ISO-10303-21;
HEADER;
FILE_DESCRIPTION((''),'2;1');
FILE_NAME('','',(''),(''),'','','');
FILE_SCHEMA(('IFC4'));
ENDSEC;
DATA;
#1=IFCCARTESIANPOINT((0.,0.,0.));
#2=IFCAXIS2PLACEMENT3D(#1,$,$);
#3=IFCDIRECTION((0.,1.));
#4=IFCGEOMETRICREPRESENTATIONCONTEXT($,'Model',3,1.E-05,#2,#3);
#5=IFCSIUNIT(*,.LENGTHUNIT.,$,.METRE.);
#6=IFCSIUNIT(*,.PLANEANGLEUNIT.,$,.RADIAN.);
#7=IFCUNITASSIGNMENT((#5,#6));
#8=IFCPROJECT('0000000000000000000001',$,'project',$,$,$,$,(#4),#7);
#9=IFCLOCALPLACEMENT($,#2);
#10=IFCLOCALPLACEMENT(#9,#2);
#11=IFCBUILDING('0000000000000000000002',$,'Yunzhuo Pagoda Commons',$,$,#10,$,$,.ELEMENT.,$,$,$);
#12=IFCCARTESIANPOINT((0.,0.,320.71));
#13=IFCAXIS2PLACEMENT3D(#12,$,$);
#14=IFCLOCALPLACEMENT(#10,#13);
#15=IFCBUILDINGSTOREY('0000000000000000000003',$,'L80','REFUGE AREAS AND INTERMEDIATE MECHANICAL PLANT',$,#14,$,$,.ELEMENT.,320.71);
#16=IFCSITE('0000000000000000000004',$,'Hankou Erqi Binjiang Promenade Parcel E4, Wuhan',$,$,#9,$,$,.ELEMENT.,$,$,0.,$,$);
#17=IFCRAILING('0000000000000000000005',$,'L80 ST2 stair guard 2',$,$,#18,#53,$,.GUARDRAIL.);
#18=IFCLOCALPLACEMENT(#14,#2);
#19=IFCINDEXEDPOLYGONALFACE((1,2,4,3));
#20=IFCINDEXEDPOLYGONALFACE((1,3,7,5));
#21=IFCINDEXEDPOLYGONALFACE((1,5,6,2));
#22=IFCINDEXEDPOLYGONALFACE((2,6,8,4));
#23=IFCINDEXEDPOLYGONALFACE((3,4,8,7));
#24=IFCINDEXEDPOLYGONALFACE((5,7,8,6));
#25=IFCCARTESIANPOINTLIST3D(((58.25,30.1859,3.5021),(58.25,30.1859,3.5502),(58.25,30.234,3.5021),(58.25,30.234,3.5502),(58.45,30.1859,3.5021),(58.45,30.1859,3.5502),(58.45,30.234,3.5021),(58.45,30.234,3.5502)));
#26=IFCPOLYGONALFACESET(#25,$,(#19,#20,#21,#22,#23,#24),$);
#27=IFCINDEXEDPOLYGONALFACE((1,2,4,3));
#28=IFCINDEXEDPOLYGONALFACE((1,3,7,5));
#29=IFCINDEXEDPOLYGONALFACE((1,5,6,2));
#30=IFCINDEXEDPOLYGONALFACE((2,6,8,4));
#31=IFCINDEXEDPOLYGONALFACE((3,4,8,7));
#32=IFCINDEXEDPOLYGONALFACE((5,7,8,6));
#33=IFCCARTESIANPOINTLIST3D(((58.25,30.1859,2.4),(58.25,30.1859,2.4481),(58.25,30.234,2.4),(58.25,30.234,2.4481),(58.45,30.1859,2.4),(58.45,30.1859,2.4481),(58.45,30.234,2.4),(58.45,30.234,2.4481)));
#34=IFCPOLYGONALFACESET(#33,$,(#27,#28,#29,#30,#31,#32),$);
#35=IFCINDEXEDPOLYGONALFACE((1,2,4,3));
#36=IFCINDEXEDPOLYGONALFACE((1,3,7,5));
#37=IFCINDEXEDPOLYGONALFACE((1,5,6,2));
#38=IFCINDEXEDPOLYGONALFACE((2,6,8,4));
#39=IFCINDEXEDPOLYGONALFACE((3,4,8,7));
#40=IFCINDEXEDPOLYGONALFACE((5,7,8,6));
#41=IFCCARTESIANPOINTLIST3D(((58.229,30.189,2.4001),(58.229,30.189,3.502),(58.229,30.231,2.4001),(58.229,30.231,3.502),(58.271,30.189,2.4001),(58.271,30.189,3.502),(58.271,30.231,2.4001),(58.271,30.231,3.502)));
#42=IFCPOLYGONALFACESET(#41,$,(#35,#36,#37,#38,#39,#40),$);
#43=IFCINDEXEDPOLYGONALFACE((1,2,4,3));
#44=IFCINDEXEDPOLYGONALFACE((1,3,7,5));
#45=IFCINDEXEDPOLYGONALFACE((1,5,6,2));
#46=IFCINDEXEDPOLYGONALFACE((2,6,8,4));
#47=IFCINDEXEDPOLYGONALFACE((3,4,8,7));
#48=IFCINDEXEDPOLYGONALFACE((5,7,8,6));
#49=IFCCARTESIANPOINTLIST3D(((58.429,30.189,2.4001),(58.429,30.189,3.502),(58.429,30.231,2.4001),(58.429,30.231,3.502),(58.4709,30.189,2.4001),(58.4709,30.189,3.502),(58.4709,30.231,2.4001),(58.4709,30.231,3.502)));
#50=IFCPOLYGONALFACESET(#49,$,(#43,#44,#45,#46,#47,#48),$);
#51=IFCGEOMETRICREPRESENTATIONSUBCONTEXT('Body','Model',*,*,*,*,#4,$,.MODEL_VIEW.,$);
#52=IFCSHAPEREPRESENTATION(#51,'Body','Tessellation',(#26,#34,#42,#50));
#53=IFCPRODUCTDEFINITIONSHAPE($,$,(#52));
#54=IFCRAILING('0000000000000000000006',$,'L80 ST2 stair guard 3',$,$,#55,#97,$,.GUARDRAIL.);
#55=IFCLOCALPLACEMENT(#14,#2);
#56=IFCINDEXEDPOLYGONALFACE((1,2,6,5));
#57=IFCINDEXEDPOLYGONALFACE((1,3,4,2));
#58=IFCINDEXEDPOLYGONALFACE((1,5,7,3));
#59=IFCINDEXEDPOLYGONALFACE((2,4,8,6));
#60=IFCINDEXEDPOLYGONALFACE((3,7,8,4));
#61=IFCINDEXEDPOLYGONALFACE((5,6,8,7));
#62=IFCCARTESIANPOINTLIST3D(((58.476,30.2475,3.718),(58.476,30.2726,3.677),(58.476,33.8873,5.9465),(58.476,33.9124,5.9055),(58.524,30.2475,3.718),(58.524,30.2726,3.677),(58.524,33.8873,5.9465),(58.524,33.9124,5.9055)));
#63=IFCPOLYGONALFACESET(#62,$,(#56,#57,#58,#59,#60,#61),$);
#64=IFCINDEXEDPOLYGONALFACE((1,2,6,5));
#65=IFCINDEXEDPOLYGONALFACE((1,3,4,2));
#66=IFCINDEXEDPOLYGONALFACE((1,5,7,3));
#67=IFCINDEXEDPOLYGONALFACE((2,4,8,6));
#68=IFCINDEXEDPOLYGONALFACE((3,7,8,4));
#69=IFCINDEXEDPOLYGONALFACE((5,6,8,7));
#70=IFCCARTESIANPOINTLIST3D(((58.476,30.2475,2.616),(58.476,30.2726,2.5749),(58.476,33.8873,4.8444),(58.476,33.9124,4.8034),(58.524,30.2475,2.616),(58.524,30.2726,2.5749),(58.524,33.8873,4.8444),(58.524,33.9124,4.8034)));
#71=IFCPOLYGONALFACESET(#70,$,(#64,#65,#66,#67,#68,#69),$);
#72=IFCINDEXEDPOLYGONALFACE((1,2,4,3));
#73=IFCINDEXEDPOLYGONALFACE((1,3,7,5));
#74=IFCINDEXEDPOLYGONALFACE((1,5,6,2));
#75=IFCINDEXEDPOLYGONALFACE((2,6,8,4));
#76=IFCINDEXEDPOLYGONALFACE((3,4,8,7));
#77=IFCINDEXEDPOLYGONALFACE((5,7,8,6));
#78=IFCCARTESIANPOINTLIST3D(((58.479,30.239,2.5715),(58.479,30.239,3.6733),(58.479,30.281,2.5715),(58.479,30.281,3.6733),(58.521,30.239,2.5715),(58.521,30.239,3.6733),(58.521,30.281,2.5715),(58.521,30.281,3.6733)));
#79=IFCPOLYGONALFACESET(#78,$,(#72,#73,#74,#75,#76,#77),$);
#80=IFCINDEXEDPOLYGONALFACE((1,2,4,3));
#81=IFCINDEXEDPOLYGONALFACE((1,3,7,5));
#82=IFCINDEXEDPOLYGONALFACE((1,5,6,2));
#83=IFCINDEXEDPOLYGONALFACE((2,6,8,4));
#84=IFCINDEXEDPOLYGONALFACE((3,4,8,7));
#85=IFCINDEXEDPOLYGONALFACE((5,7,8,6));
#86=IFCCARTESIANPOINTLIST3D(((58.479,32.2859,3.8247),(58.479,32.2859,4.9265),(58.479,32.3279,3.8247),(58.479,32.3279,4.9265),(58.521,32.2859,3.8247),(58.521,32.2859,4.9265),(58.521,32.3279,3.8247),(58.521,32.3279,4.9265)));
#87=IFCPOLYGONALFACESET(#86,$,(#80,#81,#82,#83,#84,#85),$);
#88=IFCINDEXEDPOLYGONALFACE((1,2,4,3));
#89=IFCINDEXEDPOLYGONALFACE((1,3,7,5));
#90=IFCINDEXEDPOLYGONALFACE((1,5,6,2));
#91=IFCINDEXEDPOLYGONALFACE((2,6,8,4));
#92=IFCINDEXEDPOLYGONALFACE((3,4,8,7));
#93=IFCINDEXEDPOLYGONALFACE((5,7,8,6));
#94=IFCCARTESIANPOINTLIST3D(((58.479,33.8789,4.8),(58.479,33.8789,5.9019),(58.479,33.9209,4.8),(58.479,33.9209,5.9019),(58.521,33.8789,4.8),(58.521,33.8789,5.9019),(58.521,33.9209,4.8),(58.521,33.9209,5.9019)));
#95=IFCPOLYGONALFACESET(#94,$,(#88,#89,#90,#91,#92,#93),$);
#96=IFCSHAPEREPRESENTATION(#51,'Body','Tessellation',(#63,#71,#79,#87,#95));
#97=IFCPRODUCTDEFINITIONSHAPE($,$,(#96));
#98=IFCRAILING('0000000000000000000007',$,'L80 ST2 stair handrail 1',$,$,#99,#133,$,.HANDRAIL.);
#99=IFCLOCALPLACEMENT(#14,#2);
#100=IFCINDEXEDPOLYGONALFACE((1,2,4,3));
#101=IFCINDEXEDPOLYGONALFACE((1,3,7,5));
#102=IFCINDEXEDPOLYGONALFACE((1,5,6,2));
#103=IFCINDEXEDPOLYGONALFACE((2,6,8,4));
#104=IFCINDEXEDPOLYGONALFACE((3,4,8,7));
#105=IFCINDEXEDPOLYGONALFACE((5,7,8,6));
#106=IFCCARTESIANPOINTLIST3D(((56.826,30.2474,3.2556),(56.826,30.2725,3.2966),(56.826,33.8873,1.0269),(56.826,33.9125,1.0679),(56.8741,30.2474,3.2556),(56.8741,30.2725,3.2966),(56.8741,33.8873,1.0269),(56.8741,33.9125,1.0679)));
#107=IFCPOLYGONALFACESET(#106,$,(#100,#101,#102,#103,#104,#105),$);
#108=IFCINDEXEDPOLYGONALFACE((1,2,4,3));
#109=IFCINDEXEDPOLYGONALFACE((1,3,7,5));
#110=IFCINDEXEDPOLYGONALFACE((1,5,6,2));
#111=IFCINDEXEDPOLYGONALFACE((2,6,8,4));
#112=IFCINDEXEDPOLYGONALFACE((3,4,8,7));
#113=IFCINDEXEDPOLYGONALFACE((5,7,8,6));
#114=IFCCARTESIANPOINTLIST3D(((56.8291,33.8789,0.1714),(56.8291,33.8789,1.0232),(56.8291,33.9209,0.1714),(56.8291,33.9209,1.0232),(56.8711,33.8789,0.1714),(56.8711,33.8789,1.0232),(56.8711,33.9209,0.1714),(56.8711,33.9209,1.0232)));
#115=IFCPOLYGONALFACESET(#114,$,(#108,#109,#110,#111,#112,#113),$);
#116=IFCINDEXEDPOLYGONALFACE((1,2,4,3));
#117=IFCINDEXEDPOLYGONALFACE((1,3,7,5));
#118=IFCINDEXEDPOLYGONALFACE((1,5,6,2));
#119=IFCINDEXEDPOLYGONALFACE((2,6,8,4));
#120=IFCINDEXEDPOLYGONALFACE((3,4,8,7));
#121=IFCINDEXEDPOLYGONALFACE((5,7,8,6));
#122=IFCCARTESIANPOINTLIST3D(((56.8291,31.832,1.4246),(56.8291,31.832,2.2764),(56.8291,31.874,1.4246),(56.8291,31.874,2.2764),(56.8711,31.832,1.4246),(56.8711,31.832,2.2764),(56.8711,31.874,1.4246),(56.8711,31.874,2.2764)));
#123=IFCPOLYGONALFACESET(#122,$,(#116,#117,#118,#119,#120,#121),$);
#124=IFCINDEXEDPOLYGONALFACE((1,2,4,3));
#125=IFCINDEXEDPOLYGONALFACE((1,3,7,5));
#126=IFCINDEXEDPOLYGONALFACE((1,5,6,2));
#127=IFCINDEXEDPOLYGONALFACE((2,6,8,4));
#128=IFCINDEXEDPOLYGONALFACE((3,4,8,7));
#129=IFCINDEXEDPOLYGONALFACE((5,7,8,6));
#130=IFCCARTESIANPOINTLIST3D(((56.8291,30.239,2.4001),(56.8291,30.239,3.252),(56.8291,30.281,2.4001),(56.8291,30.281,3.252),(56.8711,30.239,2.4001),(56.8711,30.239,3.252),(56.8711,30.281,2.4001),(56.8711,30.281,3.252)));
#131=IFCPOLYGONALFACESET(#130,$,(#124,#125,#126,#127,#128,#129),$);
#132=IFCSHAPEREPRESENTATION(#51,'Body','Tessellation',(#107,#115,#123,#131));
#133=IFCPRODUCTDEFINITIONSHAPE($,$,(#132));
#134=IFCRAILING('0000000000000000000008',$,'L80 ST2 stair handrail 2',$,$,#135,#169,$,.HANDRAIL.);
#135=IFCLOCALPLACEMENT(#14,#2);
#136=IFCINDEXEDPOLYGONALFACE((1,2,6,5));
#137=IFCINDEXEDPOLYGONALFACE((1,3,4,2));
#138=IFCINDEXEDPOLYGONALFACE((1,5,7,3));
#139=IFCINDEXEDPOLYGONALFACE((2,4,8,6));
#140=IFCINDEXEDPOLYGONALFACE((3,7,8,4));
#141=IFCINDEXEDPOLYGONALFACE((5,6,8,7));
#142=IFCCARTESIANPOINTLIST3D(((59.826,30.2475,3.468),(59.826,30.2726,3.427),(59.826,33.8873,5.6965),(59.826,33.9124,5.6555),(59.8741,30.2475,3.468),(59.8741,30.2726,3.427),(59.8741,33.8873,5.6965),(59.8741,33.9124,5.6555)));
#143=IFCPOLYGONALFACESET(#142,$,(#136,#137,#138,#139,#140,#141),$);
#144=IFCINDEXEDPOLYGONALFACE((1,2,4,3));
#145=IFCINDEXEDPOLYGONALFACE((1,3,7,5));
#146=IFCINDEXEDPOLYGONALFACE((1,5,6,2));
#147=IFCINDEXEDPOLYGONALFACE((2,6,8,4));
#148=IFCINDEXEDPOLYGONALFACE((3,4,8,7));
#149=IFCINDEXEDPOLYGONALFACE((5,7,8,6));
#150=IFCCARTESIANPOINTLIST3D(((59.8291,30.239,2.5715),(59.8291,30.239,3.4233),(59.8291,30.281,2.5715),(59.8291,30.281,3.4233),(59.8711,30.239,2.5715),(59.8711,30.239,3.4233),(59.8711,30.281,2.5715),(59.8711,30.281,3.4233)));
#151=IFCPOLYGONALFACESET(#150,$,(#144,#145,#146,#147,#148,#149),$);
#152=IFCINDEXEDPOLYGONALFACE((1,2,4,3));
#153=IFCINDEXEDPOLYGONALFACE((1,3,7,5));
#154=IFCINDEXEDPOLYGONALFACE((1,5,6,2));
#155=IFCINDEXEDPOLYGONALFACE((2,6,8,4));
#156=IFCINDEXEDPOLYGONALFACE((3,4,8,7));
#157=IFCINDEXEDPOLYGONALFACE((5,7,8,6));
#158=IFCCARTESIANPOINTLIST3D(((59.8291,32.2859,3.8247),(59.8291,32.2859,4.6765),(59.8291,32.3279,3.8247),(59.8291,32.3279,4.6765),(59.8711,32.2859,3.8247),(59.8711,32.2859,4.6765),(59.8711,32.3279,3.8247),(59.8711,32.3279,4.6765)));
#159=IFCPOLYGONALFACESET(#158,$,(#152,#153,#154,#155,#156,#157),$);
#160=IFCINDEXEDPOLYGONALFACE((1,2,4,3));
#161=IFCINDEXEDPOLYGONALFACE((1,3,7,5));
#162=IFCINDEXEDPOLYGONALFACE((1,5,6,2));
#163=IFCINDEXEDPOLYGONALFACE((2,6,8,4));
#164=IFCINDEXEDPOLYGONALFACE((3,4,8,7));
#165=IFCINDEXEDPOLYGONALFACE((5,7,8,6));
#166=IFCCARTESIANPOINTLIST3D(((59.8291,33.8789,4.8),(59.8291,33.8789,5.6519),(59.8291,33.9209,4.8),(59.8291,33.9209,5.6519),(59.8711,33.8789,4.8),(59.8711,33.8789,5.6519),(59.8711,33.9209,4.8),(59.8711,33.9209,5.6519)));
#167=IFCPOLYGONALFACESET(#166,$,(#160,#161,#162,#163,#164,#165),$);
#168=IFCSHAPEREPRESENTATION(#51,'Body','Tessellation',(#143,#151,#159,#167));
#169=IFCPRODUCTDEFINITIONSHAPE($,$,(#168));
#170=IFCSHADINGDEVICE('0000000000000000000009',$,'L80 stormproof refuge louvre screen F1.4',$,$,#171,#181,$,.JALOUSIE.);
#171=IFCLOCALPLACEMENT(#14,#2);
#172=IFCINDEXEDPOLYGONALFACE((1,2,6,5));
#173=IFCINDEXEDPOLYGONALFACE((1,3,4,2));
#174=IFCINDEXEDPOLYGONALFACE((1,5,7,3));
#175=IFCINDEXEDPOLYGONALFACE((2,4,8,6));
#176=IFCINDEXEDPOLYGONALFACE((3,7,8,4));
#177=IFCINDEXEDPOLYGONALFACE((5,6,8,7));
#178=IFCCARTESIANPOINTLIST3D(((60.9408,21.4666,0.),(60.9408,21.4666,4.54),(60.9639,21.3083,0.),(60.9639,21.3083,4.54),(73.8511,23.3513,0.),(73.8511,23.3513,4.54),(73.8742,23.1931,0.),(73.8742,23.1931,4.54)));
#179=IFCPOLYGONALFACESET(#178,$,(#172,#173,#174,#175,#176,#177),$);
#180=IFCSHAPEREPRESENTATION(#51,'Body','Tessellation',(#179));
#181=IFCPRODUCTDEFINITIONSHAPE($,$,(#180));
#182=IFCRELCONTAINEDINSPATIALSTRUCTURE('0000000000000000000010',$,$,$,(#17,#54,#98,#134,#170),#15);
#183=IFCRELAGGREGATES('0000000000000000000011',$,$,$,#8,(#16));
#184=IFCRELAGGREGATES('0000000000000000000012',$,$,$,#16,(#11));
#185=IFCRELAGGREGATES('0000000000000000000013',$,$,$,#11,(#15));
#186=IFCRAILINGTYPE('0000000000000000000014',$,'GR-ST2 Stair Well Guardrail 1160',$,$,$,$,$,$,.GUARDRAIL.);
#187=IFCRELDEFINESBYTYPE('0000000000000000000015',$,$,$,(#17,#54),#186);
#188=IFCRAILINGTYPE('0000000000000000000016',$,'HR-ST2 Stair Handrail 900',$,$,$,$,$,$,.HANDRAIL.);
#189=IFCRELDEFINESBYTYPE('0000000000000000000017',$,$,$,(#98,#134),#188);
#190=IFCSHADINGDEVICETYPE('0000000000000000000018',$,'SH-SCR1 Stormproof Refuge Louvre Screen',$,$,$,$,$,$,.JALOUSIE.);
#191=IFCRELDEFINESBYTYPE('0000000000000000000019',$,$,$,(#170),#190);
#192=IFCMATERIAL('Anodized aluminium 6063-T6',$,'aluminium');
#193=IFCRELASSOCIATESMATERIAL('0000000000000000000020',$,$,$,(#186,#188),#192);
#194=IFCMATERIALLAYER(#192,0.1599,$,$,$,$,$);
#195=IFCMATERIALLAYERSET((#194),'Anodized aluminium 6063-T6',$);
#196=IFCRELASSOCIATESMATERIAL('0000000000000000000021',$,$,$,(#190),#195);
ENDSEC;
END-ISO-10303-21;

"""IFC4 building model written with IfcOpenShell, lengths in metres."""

from ifc_helpers import new_model, si_unit, direction, frame, origin, origin_2d, place, context, subcontext, project, spatial, rectangle, extrude, source, transform, mapped, material, layer, layer_set, type_object, element, save


model = new_model("IFC4")

# Units and contexts
model_context = context("Model", 3, precision=1e-05, world=origin(), true_north=direction((0.0, 1.0)))
body_context = subcontext(model_context, "Body", "Model", "MODEL_VIEW")
ifc_project = project(units=[si_unit("LENGTHUNIT", "METRE"), si_unit("PLANEANGLEUNIT", "RADIAN")], contexts=[model_context])

# Site, building, storey
site_placement = place(None, origin())
site = spatial("IfcSite", under=ifc_project, at=site_placement, Name="Hankou Erqi Binjiang Promenade Parcel E4, Wuhan", CompositionType="ELEMENT", RefElevation=0.0)
building_placement = place(site_placement, origin())
building = spatial("IfcBuilding", under=site, at=building_placement, Name="Yunzhuo Pagoda Commons", CompositionType="ELEMENT")
storey_placement = place(building_placement, frame((0.0, 0.0, 320.71)))
storey = spatial("IfcBuildingStorey", under=building, at=storey_placement, Name="L80", Description="REFUGE AREAS AND INTERMEDIATE MECHANICAL PLANT", CompositionType="ELEMENT", Elevation=320.71)

# Railings
ifc_material_1 = material(Name="Anodized aluminium 6063-T6", Category="aluminium")
railing_type_1 = type_object("IfcRailingType", Name="GR-ST2 Stair Well Guardrail 1160", PredefinedType="GUARDRAIL", material=ifc_material_1)
railing_1_placement = place(storey_placement, frame((58.25, 30.21, 2.4001)))
element("IfcRailing", 1, at=railing_1_placement, inside=storey, type_object=railing_type_1, Name="L80 ST2 stair guard 2", PredefinedType="GUARDRAIL", context=body_context, shape_type="SweptSolid", body=[
    extrude(rectangle(XDim=0.0481, YDim=0.0481, at=origin_2d()), frame((0.0, 0.0, 1.126), z_axis=(1.0, 0.0, 0.0), x_axis=(0.0, 1.0, 0.0)), (0.0, 0.0, 1.0), 0.2),
    extrude(rectangle(XDim=0.0481, YDim=0.0481, at=origin_2d()), frame((0.0, 0.0, 0.0239), z_axis=(1.0, 0.0, 0.0), x_axis=(0.0, 1.0, 0.0)), (0.0, 0.0, 1.0), 0.2),
    extrude(rectangle(XDim=0.042, YDim=0.042, at=origin_2d()), origin(), (0.0, 0.0, 1.0), 1.1018),
    extrude(rectangle(XDim=0.042, YDim=0.042, at=origin_2d()), frame((0.2, 0.0, 0.0)), (0.0, 0.0, 1.0), 1.1018),
])
railing_2_placement = place(storey_placement, frame((58.5, 30.26, 2.5715)))
element("IfcRailing", 2, at=railing_2_placement, inside=storey, type_object=railing_type_1, Name="L80 ST2 stair guard 3", PredefinedType="GUARDRAIL", context=body_context, shape_type="SweptSolid", body=[
    extrude(rectangle(XDim=0.0481, YDim=0.0481, at=origin_2d()), frame((0.0, 0.0, 1.126), z_axis=(0.0, 0.85285, 0.522156), x_axis=(-1.0, 0.0, 0.0)), (0.0, 0.0, 1.0), 4.2678),
    extrude(rectangle(XDim=0.0481, YDim=0.0481, at=origin_2d()), frame((0.0, 0.0, 0.0239), z_axis=(0.0, 0.85285, 0.522156), x_axis=(-1.0, 0.0, 0.0)), (0.0, 0.0, 1.0), 4.2678),
    extrude(rectangle(XDim=0.042, YDim=0.042, at=origin_2d()), origin(), (0.0, 0.0, 1.0), 1.1018),
    extrude(rectangle(XDim=0.042, YDim=0.042, at=origin_2d()), frame((0.0, 2.0469, 1.2532)), (0.0, 0.0, 1.0), 1.1018),
    extrude(rectangle(XDim=0.042, YDim=0.042, at=origin_2d()), frame((0.0, 3.6399, 2.2285)), (0.0, 0.0, 1.0), 1.1018),
])
railing_type_2 = type_object("IfcRailingType", Name="HR-ST2 Stair Handrail 900", PredefinedType="HANDRAIL", material=ifc_material_1)
railing_3_placement = place(storey_placement, frame((56.8501, 33.8999, 0.1714)))
element("IfcRailing", 3, at=railing_3_placement, inside=storey, type_object=railing_type_2, Name="L80 ST2 stair handrail 1", PredefinedType="HANDRAIL", context=body_context, shape_type="SweptSolid", body=[
    extrude(rectangle(XDim=0.0481, YDim=0.0481, at=origin_2d()), frame((0.0, 0.0, 0.876), z_axis=(0.0, -0.852825, 0.522197), x_axis=(1.0, 0.0, 0.0)), (0.0, 0.0, 1.0), 4.2681),
    extrude(rectangle(XDim=0.042, YDim=0.042, at=origin_2d()), origin(), (0.0, 0.0, 1.0), 0.8518),
    extrude(rectangle(XDim=0.042, YDim=0.042, at=origin_2d()), frame((0.0, -2.0469, 1.2532)), (0.0, 0.0, 1.0), 0.8518),
    extrude(rectangle(XDim=0.042, YDim=0.042, at=origin_2d()), frame((0.0, -3.6399, 2.2288)), (0.0, 0.0, 1.0), 0.8518),
])
railing_4_placement = place(storey_placement, frame((59.8501, 30.26, 2.5715)))
element("IfcRailing", 4, at=railing_4_placement, inside=storey, type_object=railing_type_2, Name="L80 ST2 stair handrail 2", PredefinedType="HANDRAIL", context=body_context, shape_type="SweptSolid", body=[
    extrude(rectangle(XDim=0.0481, YDim=0.0481, at=origin_2d()), frame((0.0, 0.0, 0.876), z_axis=(0.0, 0.85285, 0.522156), x_axis=(-1.0, 0.0, 0.0)), (0.0, 0.0, 1.0), 4.2678),
    extrude(rectangle(XDim=0.042, YDim=0.042, at=origin_2d()), origin(), (0.0, 0.0, 1.0), 0.8518),
    extrude(rectangle(XDim=0.042, YDim=0.042, at=origin_2d()), frame((0.0, 2.0469, 1.2532)), (0.0, 0.0, 1.0), 0.8518),
    extrude(rectangle(XDim=0.042, YDim=0.042, at=origin_2d()), frame((0.0, 3.6399, 2.2285)), (0.0, 0.0, 1.0), 0.8518),
])

# Shading device
ifc_layer_1 = layer(ifc_material_1, 0.1599)
ifc_layer_set_1 = layer_set([ifc_layer_1], Name="Anodized aluminium 6063-T6")
shading_device_type = type_object("IfcShadingDeviceType", Name="SH-SCR1 Stormproof Refuge Louvre Screen", PredefinedType="JALOUSIE", material=ifc_layer_set_1)
shared_shape_1 = source(origin(), body_context, "Body", "SweptSolid", [
    extrude(rectangle(XDim=13.0471, YDim=0.1599, at=origin_2d()), origin(), (0.0, 0.0, 1.0), 4.54),
])
shading_device_placement = place(storey_placement, frame((67.4075, 22.3298, 0.0), z_axis=(0.0, 0.0, 1.0), x_axis=(0.989511, 0.14446, 0.0)))
element("IfcShadingDevice", 5, at=shading_device_placement, inside=storey, type_object=shading_device_type, Name="L80 stormproof refuge louvre screen F1.4", PredefinedType="JALOUSIE", context=body_context, shape_type="MappedRepresentation", body=[
    mapped(shared_shape_1, transform((0.0, 0.0, 0.0), scale=1.0)),
])

save(model, "model.ifc")
